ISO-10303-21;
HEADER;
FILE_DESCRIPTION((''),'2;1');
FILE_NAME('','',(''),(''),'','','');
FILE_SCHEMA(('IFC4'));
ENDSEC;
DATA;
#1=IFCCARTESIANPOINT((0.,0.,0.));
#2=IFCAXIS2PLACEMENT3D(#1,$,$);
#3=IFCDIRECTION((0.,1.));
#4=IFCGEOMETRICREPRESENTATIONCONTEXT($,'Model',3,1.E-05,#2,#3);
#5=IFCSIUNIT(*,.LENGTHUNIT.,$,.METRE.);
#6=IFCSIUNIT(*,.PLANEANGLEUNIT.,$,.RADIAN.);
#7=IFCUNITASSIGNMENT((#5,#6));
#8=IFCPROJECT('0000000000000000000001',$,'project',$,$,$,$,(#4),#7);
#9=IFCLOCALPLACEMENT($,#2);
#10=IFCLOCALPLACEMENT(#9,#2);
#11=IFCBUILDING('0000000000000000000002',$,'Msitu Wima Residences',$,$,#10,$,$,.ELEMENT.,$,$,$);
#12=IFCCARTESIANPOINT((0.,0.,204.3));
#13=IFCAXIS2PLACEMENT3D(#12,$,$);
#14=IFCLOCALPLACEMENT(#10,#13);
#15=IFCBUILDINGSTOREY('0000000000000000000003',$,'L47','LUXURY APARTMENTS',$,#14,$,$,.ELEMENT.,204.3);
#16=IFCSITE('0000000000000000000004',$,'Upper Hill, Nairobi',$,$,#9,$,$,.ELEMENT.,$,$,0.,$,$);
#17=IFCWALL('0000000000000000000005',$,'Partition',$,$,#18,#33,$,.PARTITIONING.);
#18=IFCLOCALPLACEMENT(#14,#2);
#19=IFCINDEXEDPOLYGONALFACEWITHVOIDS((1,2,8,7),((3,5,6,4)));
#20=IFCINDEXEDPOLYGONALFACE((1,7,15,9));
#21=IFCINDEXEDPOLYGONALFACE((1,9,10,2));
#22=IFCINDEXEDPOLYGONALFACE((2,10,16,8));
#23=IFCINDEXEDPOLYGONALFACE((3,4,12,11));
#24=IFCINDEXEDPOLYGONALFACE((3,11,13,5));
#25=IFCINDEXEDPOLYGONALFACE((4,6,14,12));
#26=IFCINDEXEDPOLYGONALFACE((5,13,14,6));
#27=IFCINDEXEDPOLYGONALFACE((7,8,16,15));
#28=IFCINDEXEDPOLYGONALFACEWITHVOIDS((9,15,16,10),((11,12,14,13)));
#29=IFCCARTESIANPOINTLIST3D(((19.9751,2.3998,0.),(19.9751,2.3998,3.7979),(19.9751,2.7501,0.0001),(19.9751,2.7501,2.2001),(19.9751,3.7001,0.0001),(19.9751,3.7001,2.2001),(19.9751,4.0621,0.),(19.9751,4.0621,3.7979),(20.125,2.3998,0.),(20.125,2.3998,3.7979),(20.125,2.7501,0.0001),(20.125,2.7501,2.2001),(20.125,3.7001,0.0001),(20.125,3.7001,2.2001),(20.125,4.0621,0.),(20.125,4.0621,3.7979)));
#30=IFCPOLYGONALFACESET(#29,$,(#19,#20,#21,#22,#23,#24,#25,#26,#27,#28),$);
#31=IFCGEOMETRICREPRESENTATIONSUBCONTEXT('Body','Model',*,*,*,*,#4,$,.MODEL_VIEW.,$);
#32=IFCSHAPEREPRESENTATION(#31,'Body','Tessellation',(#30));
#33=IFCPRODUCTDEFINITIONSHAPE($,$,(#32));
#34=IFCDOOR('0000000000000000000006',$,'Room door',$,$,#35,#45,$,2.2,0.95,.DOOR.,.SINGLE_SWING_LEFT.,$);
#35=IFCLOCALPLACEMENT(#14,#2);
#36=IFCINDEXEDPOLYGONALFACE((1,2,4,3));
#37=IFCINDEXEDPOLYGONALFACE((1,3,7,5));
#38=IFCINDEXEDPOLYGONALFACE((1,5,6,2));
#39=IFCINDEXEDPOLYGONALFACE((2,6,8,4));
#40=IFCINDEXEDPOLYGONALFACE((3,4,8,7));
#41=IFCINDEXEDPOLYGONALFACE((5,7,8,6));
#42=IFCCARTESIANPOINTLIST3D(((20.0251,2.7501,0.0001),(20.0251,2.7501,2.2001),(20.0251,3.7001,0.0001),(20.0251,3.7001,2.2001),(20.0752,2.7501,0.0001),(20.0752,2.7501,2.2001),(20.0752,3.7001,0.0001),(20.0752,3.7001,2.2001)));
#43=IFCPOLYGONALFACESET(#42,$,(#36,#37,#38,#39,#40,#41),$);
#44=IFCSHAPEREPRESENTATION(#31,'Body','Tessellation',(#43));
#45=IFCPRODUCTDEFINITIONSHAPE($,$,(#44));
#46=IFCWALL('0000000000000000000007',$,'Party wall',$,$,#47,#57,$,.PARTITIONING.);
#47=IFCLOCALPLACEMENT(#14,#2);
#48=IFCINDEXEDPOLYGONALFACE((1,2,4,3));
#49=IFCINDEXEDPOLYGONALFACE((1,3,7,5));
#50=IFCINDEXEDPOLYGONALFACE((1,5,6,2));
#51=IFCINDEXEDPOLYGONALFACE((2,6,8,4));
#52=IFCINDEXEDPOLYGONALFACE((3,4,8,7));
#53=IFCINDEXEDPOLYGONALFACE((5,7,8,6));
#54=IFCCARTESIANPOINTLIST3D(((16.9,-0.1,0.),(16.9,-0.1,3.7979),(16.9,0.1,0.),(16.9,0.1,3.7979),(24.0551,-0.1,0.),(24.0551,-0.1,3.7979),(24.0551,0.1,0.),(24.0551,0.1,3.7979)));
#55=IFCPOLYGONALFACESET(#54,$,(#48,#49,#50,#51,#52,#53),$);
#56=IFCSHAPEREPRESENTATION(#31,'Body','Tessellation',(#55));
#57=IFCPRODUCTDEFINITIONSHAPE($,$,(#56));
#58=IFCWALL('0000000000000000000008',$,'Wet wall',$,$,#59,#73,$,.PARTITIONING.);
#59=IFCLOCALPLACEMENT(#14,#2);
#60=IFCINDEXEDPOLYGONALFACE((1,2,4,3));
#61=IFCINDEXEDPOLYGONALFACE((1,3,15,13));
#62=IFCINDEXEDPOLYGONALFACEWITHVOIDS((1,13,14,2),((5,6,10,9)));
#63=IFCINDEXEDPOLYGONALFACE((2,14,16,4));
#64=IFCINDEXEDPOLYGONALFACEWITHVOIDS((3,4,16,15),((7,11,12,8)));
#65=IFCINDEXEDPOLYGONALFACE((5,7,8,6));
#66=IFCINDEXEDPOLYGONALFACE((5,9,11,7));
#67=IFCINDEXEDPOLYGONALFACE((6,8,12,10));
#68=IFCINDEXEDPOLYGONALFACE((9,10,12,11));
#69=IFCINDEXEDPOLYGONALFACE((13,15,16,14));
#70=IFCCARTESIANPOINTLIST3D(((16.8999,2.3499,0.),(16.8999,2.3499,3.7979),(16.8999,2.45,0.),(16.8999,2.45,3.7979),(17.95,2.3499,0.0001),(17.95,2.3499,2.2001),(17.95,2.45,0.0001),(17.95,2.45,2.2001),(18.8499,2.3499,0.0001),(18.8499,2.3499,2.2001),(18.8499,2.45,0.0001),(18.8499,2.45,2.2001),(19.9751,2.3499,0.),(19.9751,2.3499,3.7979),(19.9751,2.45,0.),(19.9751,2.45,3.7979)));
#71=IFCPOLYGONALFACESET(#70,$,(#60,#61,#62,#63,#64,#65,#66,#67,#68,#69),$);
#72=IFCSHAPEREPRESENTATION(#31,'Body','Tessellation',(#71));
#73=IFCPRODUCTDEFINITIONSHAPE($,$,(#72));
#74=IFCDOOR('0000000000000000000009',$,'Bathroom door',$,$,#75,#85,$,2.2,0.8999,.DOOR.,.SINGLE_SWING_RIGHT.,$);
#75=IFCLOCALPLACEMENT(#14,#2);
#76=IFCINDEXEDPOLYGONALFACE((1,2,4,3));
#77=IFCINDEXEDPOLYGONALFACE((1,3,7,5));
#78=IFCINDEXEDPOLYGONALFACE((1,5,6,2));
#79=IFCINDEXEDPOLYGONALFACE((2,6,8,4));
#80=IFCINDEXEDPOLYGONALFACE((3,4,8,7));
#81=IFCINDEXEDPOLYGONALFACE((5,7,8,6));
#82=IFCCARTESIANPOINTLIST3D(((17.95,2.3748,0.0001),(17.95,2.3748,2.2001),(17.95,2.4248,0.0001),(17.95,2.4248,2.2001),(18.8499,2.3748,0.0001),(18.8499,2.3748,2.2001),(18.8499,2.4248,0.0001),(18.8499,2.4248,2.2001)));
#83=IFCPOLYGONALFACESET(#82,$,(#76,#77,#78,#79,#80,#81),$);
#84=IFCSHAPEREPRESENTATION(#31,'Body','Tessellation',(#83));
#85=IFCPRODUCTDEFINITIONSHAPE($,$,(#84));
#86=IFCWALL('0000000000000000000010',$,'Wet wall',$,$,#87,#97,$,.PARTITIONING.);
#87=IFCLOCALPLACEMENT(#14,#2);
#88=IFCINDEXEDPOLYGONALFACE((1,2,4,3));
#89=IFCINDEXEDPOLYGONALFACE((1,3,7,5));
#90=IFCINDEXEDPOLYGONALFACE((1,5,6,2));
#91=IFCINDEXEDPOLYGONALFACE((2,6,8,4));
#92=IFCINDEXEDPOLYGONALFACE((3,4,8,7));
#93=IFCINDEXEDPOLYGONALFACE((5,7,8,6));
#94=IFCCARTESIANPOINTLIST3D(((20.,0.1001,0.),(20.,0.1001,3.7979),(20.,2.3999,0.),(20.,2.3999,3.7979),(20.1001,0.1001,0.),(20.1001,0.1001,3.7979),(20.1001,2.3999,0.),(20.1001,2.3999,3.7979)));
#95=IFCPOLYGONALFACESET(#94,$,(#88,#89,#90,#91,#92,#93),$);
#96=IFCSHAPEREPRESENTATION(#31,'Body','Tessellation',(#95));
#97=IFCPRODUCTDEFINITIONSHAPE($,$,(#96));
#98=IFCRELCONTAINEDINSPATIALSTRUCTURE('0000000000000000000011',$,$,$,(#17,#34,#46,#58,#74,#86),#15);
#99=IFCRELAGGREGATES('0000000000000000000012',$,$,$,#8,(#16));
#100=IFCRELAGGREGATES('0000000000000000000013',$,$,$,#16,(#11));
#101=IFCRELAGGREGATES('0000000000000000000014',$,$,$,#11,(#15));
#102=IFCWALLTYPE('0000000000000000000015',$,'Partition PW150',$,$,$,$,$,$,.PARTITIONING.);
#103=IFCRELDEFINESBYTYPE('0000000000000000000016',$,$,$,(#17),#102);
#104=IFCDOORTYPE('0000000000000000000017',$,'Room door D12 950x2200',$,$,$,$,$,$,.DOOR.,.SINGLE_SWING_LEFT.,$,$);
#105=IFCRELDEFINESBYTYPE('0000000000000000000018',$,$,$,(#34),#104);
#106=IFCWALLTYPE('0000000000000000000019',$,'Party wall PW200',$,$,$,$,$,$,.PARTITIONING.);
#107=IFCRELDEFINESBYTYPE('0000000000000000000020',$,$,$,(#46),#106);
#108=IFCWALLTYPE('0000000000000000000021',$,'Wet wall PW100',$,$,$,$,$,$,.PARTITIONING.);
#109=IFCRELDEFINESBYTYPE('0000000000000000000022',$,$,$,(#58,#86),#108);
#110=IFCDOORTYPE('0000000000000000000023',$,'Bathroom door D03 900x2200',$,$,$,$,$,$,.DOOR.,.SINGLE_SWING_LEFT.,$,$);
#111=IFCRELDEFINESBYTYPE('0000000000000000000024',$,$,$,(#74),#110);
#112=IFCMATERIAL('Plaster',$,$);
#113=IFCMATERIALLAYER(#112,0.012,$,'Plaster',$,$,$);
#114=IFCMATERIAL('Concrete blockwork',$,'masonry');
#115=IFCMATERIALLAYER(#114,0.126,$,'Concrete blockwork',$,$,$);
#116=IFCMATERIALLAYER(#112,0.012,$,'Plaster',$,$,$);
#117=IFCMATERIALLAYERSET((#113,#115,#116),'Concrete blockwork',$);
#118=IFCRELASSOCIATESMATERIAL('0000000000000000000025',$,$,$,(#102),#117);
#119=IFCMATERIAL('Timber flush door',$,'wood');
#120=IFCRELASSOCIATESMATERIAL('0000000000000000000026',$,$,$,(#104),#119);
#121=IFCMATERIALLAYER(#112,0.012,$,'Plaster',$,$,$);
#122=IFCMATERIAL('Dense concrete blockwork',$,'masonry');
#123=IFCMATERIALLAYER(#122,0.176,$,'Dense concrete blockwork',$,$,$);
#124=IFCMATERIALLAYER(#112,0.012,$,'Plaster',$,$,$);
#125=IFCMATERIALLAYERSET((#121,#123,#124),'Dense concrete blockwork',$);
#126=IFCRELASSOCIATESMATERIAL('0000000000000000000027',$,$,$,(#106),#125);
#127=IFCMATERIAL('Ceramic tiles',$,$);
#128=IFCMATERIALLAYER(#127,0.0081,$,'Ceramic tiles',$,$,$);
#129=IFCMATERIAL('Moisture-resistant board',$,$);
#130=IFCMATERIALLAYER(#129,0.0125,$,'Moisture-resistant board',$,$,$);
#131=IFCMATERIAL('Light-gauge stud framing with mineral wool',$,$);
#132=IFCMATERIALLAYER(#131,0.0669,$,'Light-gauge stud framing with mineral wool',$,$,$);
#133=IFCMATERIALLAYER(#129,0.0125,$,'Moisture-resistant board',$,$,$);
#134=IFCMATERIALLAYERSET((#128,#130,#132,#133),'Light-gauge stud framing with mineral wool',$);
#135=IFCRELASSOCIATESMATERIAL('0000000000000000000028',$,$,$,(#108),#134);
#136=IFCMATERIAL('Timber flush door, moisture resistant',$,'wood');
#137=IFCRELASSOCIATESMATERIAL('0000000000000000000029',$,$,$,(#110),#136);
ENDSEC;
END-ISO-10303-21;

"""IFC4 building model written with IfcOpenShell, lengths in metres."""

from ifc_helpers import new_model, si_unit, direction, frame, frame_2d, origin, place, context, subcontext, project, spatial, rectangle, extrude, material, layer, layer_set, type_object, element, fill, save


model = new_model("IFC4")

# Units and contexts
model_context = context("Model", 3, precision=1e-05, world=origin(), true_north=direction((0.0, 1.0)))
body_context = subcontext(model_context, "Body", "Model", "MODEL_VIEW")
ifc_project = project(units=[si_unit("LENGTHUNIT", "METRE"), si_unit("PLANEANGLEUNIT", "RADIAN")], contexts=[model_context])

# Site, building, storey
site_placement = place(None, origin())
site = spatial("IfcSite", under=ifc_project, at=site_placement, Name="Upper Hill, Nairobi", CompositionType="ELEMENT", RefElevation=0.0)
building_placement = place(site_placement, origin())
building = spatial("IfcBuilding", under=site, at=building_placement, Name="Msitu Wima Residences", CompositionType="ELEMENT")
storey_placement = place(building_placement, frame((0.0, 0.0, 204.3)))
storey = spatial("IfcBuildingStorey", under=building, at=storey_placement, Name="L47", Description="LUXURY APARTMENTS", CompositionType="ELEMENT", Elevation=204.3)

# Shared definitions
ifc_material_1 = material(Name="Plaster")
ifc_material_2 = material(Name="Concrete blockwork", Category="masonry")

# Shared definitions
ifc_layer_1 = layer(ifc_material_1, 0.012, Name="Plaster")
ifc_layer_2 = layer(ifc_material_2, 0.126, Name="Concrete blockwork")
ifc_layer_3 = layer(ifc_material_1, 0.012, Name="Plaster")
ifc_layer_set_1 = layer_set([ifc_layer_1, ifc_layer_2, ifc_layer_3], Name="Concrete blockwork")
wall_type_1 = type_object("IfcWallType", Name="Partition PW150", PredefinedType="PARTITIONING", material=ifc_layer_set_1)
ifc_material_3 = material(Name="Timber flush door", Category="wood")
door_type_1 = type_object("IfcDoorType", Name="Room door D12 950x2200", OperationType="SINGLE_SWING_LEFT", PredefinedType="DOOR", material=ifc_material_3)

# Wall, opening, door
wall_1_placement = place(storey_placement, frame((20.05, 2.3999, 0.0), z_axis=(0.0, 0.0, 1.0), x_axis=(0.0, 1.0, 0.0)))
wall_1 = element("IfcWall", 1, at=wall_1_placement, inside=storey, type_object=wall_type_1, Name="Partition", PredefinedType="PARTITIONING", context=body_context, shape_type="SweptSolid", body=[
    extrude(rectangle(XDim=1.6624, YDim=0.1499, at=frame_2d((0.8311, 0.0))), origin(), (0.0, 0.0, 1.0), 3.7979),
])
opening_1_placement = place(wall_1_placement, frame((0.3501, 0.0, 0.0)))
opening_1 = element("IfcOpeningElement", 2, at=opening_1_placement, cuts=wall_1, PredefinedType="OPENING", context=body_context, shape_type="SweptSolid", body=[
    extrude(rectangle(XDim=0.95, YDim=2.2, at=frame_2d((0.4751, 1.1001))), frame((0.0, 0.085, 0.0), z_axis=(0.0, -1.0, 0.0), x_axis=(1.0, 0.0, 0.0)), (0.0, 0.0, 1.0), 0.1699),
])
door_1_placement = place(opening_1_placement, origin())
door_1 = element("IfcDoor", 3, at=door_1_placement, inside=storey, type_object=door_type_1, Name="Room door", OperationType="SINGLE_SWING_LEFT", OverallHeight=2.2, OverallWidth=0.95, PredefinedType="DOOR", context=body_context, shape_type="SweptSolid", body=[
    extrude(rectangle(XDim=0.95, YDim=2.2, at=frame_2d((0.4751, 1.1001))), frame((0.0, 0.0249, 0.0), z_axis=(0.0, -1.0, 0.0), x_axis=(1.0, 0.0, 0.0)), (0.0, 0.0, 1.0), 0.05),
])
fill(opening_1, door_1)

# Wall
ifc_layer_4 = layer(ifc_material_1, 0.012, Name="Plaster")
ifc_material_4 = material(Name="Dense concrete blockwork", Category="masonry")
ifc_layer_5 = layer(ifc_material_4, 0.176, Name="Dense concrete blockwork")
ifc_layer_6 = layer(ifc_material_1, 0.012, Name="Plaster")
ifc_layer_set_2 = layer_set([ifc_layer_4, ifc_layer_5, ifc_layer_6], Name="Dense concrete blockwork")
wall_type_2 = type_object("IfcWallType", Name="Party wall PW200", PredefinedType="PARTITIONING", material=ifc_layer_set_2)
wall_2_placement = place(storey_placement, frame((16.8999, 0.0, 0.0), z_axis=(0.0, 0.0, 1.0), x_axis=(1.0, 0.0, 0.0)))
element("IfcWall", 4, at=wall_2_placement, inside=storey, type_object=wall_type_2, Name="Party wall", PredefinedType="PARTITIONING", context=body_context, shape_type="SweptSolid", body=[
    extrude(rectangle(XDim=7.155, YDim=0.2, at=frame_2d((3.5776, 0.0))), origin(), (0.0, 0.0, 1.0), 3.7979),
])

# Wall, opening, door
ifc_material_5 = material(Name="Ceramic tiles")
ifc_layer_7 = layer(ifc_material_5, 0.0081, Name="Ceramic tiles")
ifc_material_6 = material(Name="Moisture-resistant board")
ifc_layer_8 = layer(ifc_material_6, 0.0125, Name="Moisture-resistant board")
ifc_material_7 = material(Name="Light-gauge stud framing with mineral wool")
ifc_layer_9 = layer(ifc_material_7, 0.0669, Name="Light-gauge stud framing with mineral wool")
ifc_layer_10 = layer(ifc_material_6, 0.0125, Name="Moisture-resistant board")
ifc_layer_set_3 = layer_set([ifc_layer_7, ifc_layer_8, ifc_layer_9, ifc_layer_10], Name="Light-gauge stud framing with mineral wool")
wall_type_3 = type_object("IfcWallType", Name="Wet wall PW100", PredefinedType="PARTITIONING", material=ifc_layer_set_3)
wall_3_placement = place(storey_placement, frame((16.8999, 2.3999, 0.0), z_axis=(0.0, 0.0, 1.0), x_axis=(1.0, 0.0, 0.0)))
wall_3 = element("IfcWall", 5, at=wall_3_placement, inside=storey, type_object=wall_type_3, Name="Wet wall", PredefinedType="PARTITIONING", context=body_context, shape_type="SweptSolid", body=[
    extrude(rectangle(XDim=3.0752, YDim=0.1001, at=frame_2d((1.5376, 0.0))), origin(), (0.0, 0.0, 1.0), 3.7979),
])
opening_2_placement = place(wall_3_placement, frame((1.05, 0.0, 0.0)))
opening_2 = element("IfcOpeningElement", 6, at=opening_2_placement, cuts=wall_3, PredefinedType="OPENING", context=body_context, shape_type="SweptSolid", body=[
    extrude(rectangle(XDim=0.8999, YDim=2.2, at=frame_2d((0.45, 1.1001))), frame((0.0, 0.0601, 0.0), z_axis=(0.0, -1.0, 0.0), x_axis=(1.0, 0.0, 0.0)), (0.0, 0.0, 1.0), 0.1201),
])
ifc_material_8 = material(Name="Timber flush door, moisture resistant", Category="wood")
door_type_2 = type_object("IfcDoorType", Name="Bathroom door D03 900x2200", OperationType="SINGLE_SWING_LEFT", PredefinedType="DOOR", material=ifc_material_8)
door_2_placement = place(opening_2_placement, origin())
door_2 = element("IfcDoor", 7, at=door_2_placement, inside=storey, type_object=door_type_2, Name="Bathroom door", OperationType="SINGLE_SWING_RIGHT", OverallHeight=2.2, OverallWidth=0.8999, PredefinedType="DOOR", context=body_context, shape_type="SweptSolid", body=[
    extrude(rectangle(XDim=0.8999, YDim=2.2, at=frame_2d((0.45, 1.1001))), frame((0.0, 0.0249, 0.0), z_axis=(0.0, -1.0, 0.0), x_axis=(1.0, 0.0, 0.0)), (0.0, 0.0, 1.0), 0.05),
])
fill(opening_2, door_2)

# Wall
wall_4_placement = place(storey_placement, frame((20.05, 0.1001, 0.0), z_axis=(0.0, 0.0, 1.0), x_axis=(0.0, 1.0, 0.0)))
element("IfcWall", 8, at=wall_4_placement, inside=storey, type_object=wall_type_3, Name="Wet wall", PredefinedType="PARTITIONING", context=body_context, shape_type="SweptSolid", body=[
    extrude(rectangle(XDim=2.2998, YDim=0.1001, at=frame_2d((1.1499, 0.0))), origin(), (0.0, 0.0, 1.0), 3.7979),
])

save(model, "model.ifc")
